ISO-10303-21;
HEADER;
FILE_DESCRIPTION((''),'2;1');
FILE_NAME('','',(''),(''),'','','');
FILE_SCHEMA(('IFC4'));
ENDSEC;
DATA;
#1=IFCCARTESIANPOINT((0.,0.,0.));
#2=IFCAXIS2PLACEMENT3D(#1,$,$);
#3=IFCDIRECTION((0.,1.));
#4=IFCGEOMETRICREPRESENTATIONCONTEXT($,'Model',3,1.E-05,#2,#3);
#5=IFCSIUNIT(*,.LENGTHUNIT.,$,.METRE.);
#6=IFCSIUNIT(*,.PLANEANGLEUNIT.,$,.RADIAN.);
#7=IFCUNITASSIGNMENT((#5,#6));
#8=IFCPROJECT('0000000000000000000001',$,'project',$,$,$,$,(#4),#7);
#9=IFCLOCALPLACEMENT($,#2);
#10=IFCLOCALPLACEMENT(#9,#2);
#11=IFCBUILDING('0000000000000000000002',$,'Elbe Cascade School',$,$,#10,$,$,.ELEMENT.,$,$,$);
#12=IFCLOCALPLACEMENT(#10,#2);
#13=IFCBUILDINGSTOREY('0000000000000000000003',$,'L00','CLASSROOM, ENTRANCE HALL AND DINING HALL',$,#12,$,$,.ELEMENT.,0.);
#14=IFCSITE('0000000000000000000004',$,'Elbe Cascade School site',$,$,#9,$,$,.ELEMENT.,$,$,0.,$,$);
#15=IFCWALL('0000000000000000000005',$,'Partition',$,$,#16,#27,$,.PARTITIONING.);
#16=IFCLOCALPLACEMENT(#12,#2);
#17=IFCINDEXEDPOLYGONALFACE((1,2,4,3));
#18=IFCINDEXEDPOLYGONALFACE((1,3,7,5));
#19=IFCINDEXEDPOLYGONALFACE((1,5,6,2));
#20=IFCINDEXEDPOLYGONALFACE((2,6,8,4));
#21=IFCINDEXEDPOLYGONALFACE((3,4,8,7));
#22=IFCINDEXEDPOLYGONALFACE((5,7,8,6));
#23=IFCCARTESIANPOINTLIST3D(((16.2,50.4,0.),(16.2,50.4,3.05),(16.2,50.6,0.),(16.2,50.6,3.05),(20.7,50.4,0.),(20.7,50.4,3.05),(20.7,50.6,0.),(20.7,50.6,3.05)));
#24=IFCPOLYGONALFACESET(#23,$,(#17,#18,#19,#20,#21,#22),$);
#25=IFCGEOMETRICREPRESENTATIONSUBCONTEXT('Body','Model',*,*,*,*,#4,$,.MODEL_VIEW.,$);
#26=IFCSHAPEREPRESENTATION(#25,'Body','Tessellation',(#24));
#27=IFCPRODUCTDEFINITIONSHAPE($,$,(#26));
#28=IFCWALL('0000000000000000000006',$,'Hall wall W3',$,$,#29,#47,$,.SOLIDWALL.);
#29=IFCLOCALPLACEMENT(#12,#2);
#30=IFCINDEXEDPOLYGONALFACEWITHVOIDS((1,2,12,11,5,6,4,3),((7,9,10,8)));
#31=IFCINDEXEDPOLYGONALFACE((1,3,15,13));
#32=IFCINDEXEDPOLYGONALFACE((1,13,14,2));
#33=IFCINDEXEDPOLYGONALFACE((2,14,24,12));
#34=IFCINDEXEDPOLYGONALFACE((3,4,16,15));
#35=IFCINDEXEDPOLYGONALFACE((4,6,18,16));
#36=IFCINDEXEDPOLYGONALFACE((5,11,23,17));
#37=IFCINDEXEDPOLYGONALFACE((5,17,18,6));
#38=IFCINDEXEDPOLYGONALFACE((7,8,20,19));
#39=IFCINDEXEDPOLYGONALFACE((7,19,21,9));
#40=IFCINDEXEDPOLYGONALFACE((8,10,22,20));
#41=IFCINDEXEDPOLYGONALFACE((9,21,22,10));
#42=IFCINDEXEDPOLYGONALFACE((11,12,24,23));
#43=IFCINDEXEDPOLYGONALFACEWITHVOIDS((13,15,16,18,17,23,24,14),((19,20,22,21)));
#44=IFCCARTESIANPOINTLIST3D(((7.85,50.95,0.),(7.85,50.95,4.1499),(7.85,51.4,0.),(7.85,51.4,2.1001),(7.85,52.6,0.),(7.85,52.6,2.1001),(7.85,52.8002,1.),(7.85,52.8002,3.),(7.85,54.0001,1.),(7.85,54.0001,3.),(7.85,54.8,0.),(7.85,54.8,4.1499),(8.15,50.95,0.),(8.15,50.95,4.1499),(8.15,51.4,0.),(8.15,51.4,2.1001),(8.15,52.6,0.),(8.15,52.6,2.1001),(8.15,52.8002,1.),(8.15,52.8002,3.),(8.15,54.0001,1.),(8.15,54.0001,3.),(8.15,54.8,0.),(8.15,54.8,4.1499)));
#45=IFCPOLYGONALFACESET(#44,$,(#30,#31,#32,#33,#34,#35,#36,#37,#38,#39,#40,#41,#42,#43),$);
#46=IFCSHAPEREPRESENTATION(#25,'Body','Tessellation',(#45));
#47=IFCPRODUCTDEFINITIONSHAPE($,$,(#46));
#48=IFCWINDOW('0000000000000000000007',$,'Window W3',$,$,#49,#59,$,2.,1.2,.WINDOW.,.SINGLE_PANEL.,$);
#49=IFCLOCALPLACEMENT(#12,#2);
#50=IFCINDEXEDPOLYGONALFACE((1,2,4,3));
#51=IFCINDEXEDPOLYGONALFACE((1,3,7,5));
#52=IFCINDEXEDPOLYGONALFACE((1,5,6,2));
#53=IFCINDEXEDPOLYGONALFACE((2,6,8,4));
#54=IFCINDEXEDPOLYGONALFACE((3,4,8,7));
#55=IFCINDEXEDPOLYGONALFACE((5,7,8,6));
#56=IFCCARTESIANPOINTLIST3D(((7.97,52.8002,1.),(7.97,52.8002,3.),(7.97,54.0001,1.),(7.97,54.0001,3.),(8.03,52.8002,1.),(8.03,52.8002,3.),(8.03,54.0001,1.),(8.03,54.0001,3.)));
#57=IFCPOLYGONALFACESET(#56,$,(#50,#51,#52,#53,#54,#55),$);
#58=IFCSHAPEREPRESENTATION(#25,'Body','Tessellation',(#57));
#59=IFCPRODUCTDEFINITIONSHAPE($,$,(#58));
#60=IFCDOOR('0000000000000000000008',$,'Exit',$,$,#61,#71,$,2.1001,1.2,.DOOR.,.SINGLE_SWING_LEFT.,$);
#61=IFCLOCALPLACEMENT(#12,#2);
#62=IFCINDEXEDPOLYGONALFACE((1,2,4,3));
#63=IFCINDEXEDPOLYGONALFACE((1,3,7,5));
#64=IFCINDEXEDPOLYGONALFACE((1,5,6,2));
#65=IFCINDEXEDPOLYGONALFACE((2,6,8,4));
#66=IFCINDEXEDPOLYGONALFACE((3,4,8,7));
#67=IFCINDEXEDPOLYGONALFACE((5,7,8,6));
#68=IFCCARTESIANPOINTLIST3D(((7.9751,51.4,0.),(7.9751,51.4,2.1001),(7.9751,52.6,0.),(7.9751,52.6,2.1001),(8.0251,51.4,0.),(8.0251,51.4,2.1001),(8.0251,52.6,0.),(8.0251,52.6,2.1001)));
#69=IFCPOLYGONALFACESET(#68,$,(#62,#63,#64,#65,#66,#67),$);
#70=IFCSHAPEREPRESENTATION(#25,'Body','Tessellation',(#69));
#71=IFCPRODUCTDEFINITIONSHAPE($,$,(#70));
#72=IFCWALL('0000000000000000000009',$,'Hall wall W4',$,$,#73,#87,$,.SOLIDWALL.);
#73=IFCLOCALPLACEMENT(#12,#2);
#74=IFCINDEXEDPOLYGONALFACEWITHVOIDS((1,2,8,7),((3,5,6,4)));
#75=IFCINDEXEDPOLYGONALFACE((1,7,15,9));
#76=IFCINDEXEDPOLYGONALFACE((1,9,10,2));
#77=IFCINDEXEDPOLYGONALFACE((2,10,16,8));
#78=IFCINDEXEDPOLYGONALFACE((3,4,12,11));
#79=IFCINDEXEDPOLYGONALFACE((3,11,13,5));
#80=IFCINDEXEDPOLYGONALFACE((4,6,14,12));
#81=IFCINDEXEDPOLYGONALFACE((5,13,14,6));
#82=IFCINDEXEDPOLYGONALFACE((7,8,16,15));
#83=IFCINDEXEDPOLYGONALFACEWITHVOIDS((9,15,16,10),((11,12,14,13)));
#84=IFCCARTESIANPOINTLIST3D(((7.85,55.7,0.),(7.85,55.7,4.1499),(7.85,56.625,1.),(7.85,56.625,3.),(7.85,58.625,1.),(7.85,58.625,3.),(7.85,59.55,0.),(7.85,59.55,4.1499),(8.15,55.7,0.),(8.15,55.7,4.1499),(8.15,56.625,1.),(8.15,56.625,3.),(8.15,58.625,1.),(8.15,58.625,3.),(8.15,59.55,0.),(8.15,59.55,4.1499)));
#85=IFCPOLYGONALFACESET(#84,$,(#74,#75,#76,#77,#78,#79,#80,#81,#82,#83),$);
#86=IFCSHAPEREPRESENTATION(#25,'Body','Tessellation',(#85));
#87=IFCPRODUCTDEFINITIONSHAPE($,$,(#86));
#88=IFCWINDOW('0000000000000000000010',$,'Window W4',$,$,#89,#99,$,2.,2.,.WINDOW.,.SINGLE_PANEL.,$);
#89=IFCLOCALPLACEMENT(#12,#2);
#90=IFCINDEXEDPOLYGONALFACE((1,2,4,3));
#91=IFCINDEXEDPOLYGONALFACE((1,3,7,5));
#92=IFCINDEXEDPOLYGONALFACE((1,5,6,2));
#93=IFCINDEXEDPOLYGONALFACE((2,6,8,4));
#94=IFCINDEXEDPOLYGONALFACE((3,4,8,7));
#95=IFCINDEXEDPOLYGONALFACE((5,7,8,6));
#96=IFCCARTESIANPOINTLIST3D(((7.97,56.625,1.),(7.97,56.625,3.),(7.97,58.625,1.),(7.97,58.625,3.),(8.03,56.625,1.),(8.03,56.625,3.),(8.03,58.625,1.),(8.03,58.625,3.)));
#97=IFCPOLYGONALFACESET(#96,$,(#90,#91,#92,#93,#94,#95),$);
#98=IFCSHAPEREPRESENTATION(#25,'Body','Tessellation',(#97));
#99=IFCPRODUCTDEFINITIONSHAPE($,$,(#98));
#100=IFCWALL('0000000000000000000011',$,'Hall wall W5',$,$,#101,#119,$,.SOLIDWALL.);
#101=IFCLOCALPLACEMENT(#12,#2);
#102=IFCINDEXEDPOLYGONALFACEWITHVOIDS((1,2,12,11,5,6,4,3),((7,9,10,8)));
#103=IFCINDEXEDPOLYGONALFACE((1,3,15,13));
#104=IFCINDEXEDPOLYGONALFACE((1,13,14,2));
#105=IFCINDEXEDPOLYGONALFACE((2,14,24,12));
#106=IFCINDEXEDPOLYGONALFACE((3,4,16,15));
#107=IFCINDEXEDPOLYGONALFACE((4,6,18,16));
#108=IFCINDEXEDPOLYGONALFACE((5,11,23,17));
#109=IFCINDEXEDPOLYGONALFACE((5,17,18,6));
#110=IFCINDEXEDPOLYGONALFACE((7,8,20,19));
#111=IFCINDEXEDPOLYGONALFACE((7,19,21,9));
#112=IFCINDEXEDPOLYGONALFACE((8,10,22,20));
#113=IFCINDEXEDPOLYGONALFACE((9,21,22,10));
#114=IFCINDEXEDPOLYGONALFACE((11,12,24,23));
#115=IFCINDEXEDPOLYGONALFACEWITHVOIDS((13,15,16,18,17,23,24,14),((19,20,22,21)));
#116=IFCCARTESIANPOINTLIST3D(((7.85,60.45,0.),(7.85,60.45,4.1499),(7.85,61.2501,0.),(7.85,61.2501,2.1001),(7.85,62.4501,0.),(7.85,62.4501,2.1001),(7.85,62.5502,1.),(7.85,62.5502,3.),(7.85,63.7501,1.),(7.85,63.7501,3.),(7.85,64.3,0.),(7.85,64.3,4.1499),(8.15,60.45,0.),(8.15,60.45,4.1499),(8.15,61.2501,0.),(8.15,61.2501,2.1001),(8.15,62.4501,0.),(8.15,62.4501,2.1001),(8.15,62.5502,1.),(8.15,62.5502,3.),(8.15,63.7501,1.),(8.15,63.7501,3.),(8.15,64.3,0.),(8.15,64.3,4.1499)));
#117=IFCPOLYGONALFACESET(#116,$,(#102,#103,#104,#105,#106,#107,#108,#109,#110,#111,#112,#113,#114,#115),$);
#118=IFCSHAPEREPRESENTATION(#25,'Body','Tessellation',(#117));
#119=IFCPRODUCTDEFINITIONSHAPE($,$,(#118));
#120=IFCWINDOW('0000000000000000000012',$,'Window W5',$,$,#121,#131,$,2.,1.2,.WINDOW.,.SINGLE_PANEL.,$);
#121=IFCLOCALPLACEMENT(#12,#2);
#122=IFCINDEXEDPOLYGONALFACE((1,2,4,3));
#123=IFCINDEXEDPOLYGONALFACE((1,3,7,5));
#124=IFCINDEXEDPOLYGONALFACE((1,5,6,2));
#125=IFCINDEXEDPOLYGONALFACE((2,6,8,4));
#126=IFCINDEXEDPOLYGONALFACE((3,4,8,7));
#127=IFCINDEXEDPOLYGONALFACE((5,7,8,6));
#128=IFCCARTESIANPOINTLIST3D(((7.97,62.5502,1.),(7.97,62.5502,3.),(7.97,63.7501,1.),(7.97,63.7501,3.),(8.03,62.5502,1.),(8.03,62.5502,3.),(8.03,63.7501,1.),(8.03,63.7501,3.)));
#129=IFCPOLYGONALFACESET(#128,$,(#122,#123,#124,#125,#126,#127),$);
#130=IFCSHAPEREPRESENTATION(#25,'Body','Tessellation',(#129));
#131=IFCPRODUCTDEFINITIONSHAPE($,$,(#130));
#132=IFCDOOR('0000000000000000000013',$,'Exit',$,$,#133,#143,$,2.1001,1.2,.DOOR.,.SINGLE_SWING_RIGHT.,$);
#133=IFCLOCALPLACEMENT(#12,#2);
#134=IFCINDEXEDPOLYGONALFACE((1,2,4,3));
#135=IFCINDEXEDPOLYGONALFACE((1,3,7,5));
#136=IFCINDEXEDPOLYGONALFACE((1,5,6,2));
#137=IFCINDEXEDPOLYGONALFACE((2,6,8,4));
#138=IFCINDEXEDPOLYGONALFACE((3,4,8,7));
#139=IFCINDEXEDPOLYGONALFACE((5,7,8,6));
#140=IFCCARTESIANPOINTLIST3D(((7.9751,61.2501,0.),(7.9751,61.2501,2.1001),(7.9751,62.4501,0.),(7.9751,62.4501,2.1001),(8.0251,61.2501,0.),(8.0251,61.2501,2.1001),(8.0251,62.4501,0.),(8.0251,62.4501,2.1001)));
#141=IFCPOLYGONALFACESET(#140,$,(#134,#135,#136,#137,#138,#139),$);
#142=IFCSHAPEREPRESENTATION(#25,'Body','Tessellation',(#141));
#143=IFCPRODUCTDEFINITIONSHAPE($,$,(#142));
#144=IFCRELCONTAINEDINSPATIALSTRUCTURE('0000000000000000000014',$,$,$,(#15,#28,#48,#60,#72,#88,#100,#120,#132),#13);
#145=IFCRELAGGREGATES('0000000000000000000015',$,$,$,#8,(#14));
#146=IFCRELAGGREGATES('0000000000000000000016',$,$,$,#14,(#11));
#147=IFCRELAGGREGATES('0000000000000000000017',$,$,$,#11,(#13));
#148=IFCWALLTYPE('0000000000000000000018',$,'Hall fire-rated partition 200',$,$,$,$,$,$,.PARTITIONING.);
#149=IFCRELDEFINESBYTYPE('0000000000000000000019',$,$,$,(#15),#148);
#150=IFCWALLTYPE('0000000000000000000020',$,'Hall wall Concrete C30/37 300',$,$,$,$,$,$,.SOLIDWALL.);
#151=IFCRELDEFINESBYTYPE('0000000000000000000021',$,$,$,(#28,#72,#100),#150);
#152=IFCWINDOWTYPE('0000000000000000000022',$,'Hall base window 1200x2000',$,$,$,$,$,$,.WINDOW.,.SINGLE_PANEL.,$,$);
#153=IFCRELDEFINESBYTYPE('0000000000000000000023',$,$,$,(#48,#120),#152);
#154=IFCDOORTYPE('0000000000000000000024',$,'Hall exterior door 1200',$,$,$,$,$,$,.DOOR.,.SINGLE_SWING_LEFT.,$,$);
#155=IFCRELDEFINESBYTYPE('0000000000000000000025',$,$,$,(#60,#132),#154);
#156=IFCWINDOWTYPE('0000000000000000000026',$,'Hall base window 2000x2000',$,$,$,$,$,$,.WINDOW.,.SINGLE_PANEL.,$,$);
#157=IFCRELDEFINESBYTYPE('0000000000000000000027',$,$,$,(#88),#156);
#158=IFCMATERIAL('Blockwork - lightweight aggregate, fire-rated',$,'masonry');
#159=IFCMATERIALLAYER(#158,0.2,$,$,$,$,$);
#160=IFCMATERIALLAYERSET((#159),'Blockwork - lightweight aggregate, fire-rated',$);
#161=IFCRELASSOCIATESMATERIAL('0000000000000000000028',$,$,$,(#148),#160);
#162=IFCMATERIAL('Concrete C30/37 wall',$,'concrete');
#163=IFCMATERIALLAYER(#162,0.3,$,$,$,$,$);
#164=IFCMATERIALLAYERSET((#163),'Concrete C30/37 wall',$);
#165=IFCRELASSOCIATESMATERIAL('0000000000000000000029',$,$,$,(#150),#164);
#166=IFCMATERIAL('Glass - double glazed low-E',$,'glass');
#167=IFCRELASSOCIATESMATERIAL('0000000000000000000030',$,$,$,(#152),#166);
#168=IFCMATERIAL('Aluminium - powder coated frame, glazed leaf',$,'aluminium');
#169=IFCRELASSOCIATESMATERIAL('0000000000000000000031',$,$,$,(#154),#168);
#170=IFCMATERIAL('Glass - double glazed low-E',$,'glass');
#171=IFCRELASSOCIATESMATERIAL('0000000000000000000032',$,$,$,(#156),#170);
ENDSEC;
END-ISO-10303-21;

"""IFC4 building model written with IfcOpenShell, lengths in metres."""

from ifc_helpers import new_model, si_unit, direction, frame, frame_2d, origin, place, context, subcontext, project, spatial, rectangle, extrude, material, layer, layer_set, type_object, element, fill, save


model = new_model("IFC4")

# Units and contexts
model_context = context("Model", 3, precision=1e-05, world=origin(), true_north=direction((0.0, 1.0)))
body_context = subcontext(model_context, "Body", "Model", "MODEL_VIEW")
ifc_project = project(units=[si_unit("LENGTHUNIT", "METRE"), si_unit("PLANEANGLEUNIT", "RADIAN")], contexts=[model_context])

# Site, building, storey
site_placement = place(None, origin())
site = spatial("IfcSite", under=ifc_project, at=site_placement, Name="Elbe Cascade School site", CompositionType="ELEMENT", RefElevation=0.0)
building_placement = place(site_placement, origin())
building = spatial("IfcBuilding", under=site, at=building_placement, Name="Elbe Cascade School", CompositionType="ELEMENT")
storey_placement = place(building_placement, origin())
storey = spatial("IfcBuildingStorey", under=building, at=storey_placement, Name="L00", Description="CLASSROOM, ENTRANCE HALL AND DINING HALL", CompositionType="ELEMENT", Elevation=0.0)

# Wall
ifc_material_1 = material(Name="Blockwork - lightweight aggregate, fire-rated", Category="masonry")
ifc_layer_1 = layer(ifc_material_1, 0.2)
ifc_layer_set_1 = layer_set([ifc_layer_1], Name="Blockwork - lightweight aggregate, fire-rated")
wall_type_1 = type_object("IfcWallType", Name="Hall fire-rated partition 200", PredefinedType="PARTITIONING", material=ifc_layer_set_1)
wall_1_placement = place(storey_placement, frame((16.2, 50.5, 0.0), z_axis=(0.0, 0.0, 1.0), x_axis=(1.0, 0.0, 0.0)))
element("IfcWall", 1, at=wall_1_placement, inside=storey, type_object=wall_type_1, Name="Partition", PredefinedType="PARTITIONING", context=body_context, shape_type="SweptSolid", body=[
    extrude(rectangle(XDim=4.5, YDim=0.2, at=frame_2d((2.25, 0.0))), origin(), (0.0, 0.0, 1.0), 3.05),
])

# Wall, openings, window, door
ifc_material_2 = material(Name="Concrete C30/37 wall", Category="concrete")
ifc_layer_2 = layer(ifc_material_2, 0.3)
ifc_layer_set_2 = layer_set([ifc_layer_2], Name="Concrete C30/37 wall")
wall_type_2 = type_object("IfcWallType", Name="Hall wall Concrete C30/37 300", PredefinedType="SOLIDWALL", material=ifc_layer_set_2)
wall_2_placement = place(storey_placement, frame((8.0, 50.95, 0.0), z_axis=(0.0, 0.0, 1.0), x_axis=(0.0, 1.0, 0.0)))
wall_2 = element("IfcWall", 2, at=wall_2_placement, inside=storey, type_object=wall_type_2, Name="Hall wall W3", PredefinedType="SOLIDWALL", context=body_context, shape_type="SweptSolid", body=[
    extrude(rectangle(XDim=3.8501, YDim=0.3, at=frame_2d((1.925, 0.0))), origin(), (0.0, 0.0, 1.0), 4.1499),
])
opening_1_placement = place(wall_2_placement, frame((1.8501, 0.0, 1.0)))
opening_1 = element("IfcOpeningElement", 3, at=opening_1_placement, cuts=wall_2, PredefinedType="OPENING", context=body_context, shape_type="SweptSolid", body=[
    extrude(rectangle(XDim=1.2, YDim=2.0, at=frame_2d((0.6001, 1.0))), frame((0.0, 0.1599, 0.0), z_axis=(0.0, -1.0, 0.0), x_axis=(1.0, 0.0, 0.0)), (0.0, 0.0, 1.0), 0.3201),
])
opening_2_placement = place(wall_2_placement, frame((0.45, 0.0, 0.0)))
opening_2 = element("IfcOpeningElement", 4, at=opening_2_placement, cuts=wall_2, PredefinedType="OPENING", context=body_context, shape_type="SweptSolid", body=[
    extrude(rectangle(XDim=1.2, YDim=2.1001, at=frame_2d((0.6001, 1.05))), frame((0.0, 0.1599, 0.0), z_axis=(0.0, -1.0, 0.0), x_axis=(1.0, 0.0, 0.0)), (0.0, 0.0, 1.0), 0.3201),
])
ifc_material_3 = material(Name="Glass - double glazed low-E", Category="glass")
window_type_1 = type_object("IfcWindowType", Name="Hall base window 1200x2000", PartitioningType="SINGLE_PANEL", PredefinedType="WINDOW", material=ifc_material_3)
window_1_placement = place(opening_1_placement, origin())
window_1 = element("IfcWindow", 5, at=window_1_placement, inside=storey, type_object=window_type_1, Name="Window W3", OverallHeight=2.0, OverallWidth=1.2, PartitioningType="SINGLE_PANEL", PredefinedType="WINDOW", context=body_context, shape_type="SweptSolid", body=[
    extrude(rectangle(XDim=1.2, YDim=2.0, at=frame_2d((0.6001, 1.0))), frame((0.0, 0.03, 0.0), z_axis=(0.0, -1.0, 0.0), x_axis=(1.0, 0.0, 0.0)), (0.0, 0.0, 1.0), 0.0601),
])
fill(opening_1, window_1)
ifc_material_4 = material(Name="Aluminium - powder coated frame, glazed leaf", Category="aluminium")
door_type_1 = type_object("IfcDoorType", Name="Hall exterior door 1200", OperationType="SINGLE_SWING_LEFT", PredefinedType="DOOR", material=ifc_material_4)
door_1_placement = place(opening_2_placement, origin())
door_1 = element("IfcDoor", 6, at=door_1_placement, inside=storey, type_object=door_type_1, Name="Exit", OperationType="SINGLE_SWING_LEFT", OverallHeight=2.1001, OverallWidth=1.2, PredefinedType="DOOR", context=body_context, shape_type="SweptSolid", body=[
    extrude(rectangle(XDim=1.2, YDim=2.1001, at=frame_2d((0.6001, 1.05))), frame((0.0, 0.0249, 0.0), z_axis=(0.0, -1.0, 0.0), x_axis=(1.0, 0.0, 0.0)), (0.0, 0.0, 1.0), 0.05),
])
fill(opening_2, door_1)

# Wall, opening, window
wall_3_placement = place(storey_placement, frame((8.0, 55.7, 0.0), z_axis=(0.0, 0.0, 1.0), x_axis=(0.0, 1.0, 0.0)))
wall_3 = element("IfcWall", 7, at=wall_3_placement, inside=storey, type_object=wall_type_2, Name="Hall wall W4", PredefinedType="SOLIDWALL", context=body_context, shape_type="SweptSolid", body=[
    extrude(rectangle(XDim=3.8501, YDim=0.3, at=frame_2d((1.925, 0.0))), origin(), (0.0, 0.0, 1.0), 4.1499),
])
opening_3_placement = place(wall_3_placement, frame((0.925, 0.0, 1.0)))
opening_3 = element("IfcOpeningElement", 8, at=opening_3_placement, cuts=wall_3, PredefinedType="OPENING", context=body_context, shape_type="SweptSolid", body=[
    extrude(rectangle(XDim=2.0, YDim=2.0, at=frame_2d((1.0, 1.0))), frame((0.0, 0.1599, 0.0), z_axis=(0.0, -1.0, 0.0), x_axis=(1.0, 0.0, 0.0)), (0.0, 0.0, 1.0), 0.3201),
])
ifc_material_5 = material(Name="Glass - double glazed low-E", Category="glass")
window_type_2 = type_object("IfcWindowType", Name="Hall base window 2000x2000", PartitioningType="SINGLE_PANEL", PredefinedType="WINDOW", material=ifc_material_5)
window_2_placement = place(opening_3_placement, origin())
window_2 = element("IfcWindow", 9, at=window_2_placement, inside=storey, type_object=window_type_2, Name="Window W4", OverallHeight=2.0, OverallWidth=2.0, PartitioningType="SINGLE_PANEL", PredefinedType="WINDOW", context=body_context, shape_type="SweptSolid", body=[
    extrude(rectangle(XDim=2.0, YDim=2.0, at=frame_2d((1.0, 1.0))), frame((0.0, 0.03, 0.0), z_axis=(0.0, -1.0, 0.0), x_axis=(1.0, 0.0, 0.0)), (0.0, 0.0, 1.0), 0.0601),
])
fill(opening_3, window_2)

# Wall, openings, window, door
wall_4_placement = place(storey_placement, frame((8.0, 60.45, 0.0), z_axis=(0.0, 0.0, 1.0), x_axis=(0.0, 1.0, 0.0)))
wall_4 = element("IfcWall", 10, at=wall_4_placement, inside=storey, type_object=wall_type_2, Name="Hall wall W5", PredefinedType="SOLIDWALL", context=body_context, shape_type="SweptSolid", body=[
    extrude(rectangle(XDim=3.8501, YDim=0.3, at=frame_2d((1.925, 0.0))), origin(), (0.0, 0.0, 1.0), 4.1499),
])
opening_4_placement = place(wall_4_placement, frame((2.1001, 0.0, 1.0)))
opening_4 = element("IfcOpeningElement", 11, at=opening_4_placement, cuts=wall_4, PredefinedType="OPENING", context=body_context, shape_type="SweptSolid", body=[
    extrude(rectangle(XDim=1.2, YDim=2.0, at=frame_2d((0.6001, 1.0))), frame((0.0, 0.1599, 0.0), z_axis=(0.0, -1.0, 0.0), x_axis=(1.0, 0.0, 0.0)), (0.0, 0.0, 1.0), 0.3201),
])
opening_5_placement = place(wall_4_placement, frame((0.8, 0.0, 0.0)))
opening_5 = element("IfcOpeningElement", 12, at=opening_5_placement, cuts=wall_4, PredefinedType="OPENING", context=body_context, shape_type="SweptSolid", body=[
    extrude(rectangle(XDim=1.2, YDim=2.1001, at=frame_2d((0.6001, 1.05))), frame((0.0, 0.1599, 0.0), z_axis=(0.0, -1.0, 0.0), x_axis=(1.0, 0.0, 0.0)), (0.0, 0.0, 1.0), 0.3201),
])
window_3_placement = place(opening_4_placement, origin())
window_3 = element("IfcWindow", 13, at=window_3_placement, inside=storey, type_object=window_type_1, Name="Window W5", OverallHeight=2.0, OverallWidth=1.2, PartitioningType="SINGLE_PANEL", PredefinedType="WINDOW", context=body_context, shape_type="SweptSolid", body=[
    extrude(rectangle(XDim=1.2, YDim=2.0, at=frame_2d((0.6001, 1.0))), frame((0.0, 0.03, 0.0), z_axis=(0.0, -1.0, 0.0), x_axis=(1.0, 0.0, 0.0)), (0.0, 0.0, 1.0), 0.0601),
])
fill(opening_4, window_3)
door_2_placement = place(opening_5_placement, origin())
door_2 = element("IfcDoor", 14, at=door_2_placement, inside=storey, type_object=door_type_1, Name="Exit", OperationType="SINGLE_SWING_RIGHT", OverallHeight=2.1001, OverallWidth=1.2, PredefinedType="DOOR", context=body_context, shape_type="SweptSolid", body=[
    extrude(rectangle(XDim=1.2, YDim=2.1001, at=frame_2d((0.6001, 1.05))), frame((0.0, 0.0249, 0.0), z_axis=(0.0, -1.0, 0.0), x_axis=(1.0, 0.0, 0.0)), (0.0, 0.0, 1.0), 0.05),
])
fill(opening_5, door_2)

save(model, "model.ifc")
